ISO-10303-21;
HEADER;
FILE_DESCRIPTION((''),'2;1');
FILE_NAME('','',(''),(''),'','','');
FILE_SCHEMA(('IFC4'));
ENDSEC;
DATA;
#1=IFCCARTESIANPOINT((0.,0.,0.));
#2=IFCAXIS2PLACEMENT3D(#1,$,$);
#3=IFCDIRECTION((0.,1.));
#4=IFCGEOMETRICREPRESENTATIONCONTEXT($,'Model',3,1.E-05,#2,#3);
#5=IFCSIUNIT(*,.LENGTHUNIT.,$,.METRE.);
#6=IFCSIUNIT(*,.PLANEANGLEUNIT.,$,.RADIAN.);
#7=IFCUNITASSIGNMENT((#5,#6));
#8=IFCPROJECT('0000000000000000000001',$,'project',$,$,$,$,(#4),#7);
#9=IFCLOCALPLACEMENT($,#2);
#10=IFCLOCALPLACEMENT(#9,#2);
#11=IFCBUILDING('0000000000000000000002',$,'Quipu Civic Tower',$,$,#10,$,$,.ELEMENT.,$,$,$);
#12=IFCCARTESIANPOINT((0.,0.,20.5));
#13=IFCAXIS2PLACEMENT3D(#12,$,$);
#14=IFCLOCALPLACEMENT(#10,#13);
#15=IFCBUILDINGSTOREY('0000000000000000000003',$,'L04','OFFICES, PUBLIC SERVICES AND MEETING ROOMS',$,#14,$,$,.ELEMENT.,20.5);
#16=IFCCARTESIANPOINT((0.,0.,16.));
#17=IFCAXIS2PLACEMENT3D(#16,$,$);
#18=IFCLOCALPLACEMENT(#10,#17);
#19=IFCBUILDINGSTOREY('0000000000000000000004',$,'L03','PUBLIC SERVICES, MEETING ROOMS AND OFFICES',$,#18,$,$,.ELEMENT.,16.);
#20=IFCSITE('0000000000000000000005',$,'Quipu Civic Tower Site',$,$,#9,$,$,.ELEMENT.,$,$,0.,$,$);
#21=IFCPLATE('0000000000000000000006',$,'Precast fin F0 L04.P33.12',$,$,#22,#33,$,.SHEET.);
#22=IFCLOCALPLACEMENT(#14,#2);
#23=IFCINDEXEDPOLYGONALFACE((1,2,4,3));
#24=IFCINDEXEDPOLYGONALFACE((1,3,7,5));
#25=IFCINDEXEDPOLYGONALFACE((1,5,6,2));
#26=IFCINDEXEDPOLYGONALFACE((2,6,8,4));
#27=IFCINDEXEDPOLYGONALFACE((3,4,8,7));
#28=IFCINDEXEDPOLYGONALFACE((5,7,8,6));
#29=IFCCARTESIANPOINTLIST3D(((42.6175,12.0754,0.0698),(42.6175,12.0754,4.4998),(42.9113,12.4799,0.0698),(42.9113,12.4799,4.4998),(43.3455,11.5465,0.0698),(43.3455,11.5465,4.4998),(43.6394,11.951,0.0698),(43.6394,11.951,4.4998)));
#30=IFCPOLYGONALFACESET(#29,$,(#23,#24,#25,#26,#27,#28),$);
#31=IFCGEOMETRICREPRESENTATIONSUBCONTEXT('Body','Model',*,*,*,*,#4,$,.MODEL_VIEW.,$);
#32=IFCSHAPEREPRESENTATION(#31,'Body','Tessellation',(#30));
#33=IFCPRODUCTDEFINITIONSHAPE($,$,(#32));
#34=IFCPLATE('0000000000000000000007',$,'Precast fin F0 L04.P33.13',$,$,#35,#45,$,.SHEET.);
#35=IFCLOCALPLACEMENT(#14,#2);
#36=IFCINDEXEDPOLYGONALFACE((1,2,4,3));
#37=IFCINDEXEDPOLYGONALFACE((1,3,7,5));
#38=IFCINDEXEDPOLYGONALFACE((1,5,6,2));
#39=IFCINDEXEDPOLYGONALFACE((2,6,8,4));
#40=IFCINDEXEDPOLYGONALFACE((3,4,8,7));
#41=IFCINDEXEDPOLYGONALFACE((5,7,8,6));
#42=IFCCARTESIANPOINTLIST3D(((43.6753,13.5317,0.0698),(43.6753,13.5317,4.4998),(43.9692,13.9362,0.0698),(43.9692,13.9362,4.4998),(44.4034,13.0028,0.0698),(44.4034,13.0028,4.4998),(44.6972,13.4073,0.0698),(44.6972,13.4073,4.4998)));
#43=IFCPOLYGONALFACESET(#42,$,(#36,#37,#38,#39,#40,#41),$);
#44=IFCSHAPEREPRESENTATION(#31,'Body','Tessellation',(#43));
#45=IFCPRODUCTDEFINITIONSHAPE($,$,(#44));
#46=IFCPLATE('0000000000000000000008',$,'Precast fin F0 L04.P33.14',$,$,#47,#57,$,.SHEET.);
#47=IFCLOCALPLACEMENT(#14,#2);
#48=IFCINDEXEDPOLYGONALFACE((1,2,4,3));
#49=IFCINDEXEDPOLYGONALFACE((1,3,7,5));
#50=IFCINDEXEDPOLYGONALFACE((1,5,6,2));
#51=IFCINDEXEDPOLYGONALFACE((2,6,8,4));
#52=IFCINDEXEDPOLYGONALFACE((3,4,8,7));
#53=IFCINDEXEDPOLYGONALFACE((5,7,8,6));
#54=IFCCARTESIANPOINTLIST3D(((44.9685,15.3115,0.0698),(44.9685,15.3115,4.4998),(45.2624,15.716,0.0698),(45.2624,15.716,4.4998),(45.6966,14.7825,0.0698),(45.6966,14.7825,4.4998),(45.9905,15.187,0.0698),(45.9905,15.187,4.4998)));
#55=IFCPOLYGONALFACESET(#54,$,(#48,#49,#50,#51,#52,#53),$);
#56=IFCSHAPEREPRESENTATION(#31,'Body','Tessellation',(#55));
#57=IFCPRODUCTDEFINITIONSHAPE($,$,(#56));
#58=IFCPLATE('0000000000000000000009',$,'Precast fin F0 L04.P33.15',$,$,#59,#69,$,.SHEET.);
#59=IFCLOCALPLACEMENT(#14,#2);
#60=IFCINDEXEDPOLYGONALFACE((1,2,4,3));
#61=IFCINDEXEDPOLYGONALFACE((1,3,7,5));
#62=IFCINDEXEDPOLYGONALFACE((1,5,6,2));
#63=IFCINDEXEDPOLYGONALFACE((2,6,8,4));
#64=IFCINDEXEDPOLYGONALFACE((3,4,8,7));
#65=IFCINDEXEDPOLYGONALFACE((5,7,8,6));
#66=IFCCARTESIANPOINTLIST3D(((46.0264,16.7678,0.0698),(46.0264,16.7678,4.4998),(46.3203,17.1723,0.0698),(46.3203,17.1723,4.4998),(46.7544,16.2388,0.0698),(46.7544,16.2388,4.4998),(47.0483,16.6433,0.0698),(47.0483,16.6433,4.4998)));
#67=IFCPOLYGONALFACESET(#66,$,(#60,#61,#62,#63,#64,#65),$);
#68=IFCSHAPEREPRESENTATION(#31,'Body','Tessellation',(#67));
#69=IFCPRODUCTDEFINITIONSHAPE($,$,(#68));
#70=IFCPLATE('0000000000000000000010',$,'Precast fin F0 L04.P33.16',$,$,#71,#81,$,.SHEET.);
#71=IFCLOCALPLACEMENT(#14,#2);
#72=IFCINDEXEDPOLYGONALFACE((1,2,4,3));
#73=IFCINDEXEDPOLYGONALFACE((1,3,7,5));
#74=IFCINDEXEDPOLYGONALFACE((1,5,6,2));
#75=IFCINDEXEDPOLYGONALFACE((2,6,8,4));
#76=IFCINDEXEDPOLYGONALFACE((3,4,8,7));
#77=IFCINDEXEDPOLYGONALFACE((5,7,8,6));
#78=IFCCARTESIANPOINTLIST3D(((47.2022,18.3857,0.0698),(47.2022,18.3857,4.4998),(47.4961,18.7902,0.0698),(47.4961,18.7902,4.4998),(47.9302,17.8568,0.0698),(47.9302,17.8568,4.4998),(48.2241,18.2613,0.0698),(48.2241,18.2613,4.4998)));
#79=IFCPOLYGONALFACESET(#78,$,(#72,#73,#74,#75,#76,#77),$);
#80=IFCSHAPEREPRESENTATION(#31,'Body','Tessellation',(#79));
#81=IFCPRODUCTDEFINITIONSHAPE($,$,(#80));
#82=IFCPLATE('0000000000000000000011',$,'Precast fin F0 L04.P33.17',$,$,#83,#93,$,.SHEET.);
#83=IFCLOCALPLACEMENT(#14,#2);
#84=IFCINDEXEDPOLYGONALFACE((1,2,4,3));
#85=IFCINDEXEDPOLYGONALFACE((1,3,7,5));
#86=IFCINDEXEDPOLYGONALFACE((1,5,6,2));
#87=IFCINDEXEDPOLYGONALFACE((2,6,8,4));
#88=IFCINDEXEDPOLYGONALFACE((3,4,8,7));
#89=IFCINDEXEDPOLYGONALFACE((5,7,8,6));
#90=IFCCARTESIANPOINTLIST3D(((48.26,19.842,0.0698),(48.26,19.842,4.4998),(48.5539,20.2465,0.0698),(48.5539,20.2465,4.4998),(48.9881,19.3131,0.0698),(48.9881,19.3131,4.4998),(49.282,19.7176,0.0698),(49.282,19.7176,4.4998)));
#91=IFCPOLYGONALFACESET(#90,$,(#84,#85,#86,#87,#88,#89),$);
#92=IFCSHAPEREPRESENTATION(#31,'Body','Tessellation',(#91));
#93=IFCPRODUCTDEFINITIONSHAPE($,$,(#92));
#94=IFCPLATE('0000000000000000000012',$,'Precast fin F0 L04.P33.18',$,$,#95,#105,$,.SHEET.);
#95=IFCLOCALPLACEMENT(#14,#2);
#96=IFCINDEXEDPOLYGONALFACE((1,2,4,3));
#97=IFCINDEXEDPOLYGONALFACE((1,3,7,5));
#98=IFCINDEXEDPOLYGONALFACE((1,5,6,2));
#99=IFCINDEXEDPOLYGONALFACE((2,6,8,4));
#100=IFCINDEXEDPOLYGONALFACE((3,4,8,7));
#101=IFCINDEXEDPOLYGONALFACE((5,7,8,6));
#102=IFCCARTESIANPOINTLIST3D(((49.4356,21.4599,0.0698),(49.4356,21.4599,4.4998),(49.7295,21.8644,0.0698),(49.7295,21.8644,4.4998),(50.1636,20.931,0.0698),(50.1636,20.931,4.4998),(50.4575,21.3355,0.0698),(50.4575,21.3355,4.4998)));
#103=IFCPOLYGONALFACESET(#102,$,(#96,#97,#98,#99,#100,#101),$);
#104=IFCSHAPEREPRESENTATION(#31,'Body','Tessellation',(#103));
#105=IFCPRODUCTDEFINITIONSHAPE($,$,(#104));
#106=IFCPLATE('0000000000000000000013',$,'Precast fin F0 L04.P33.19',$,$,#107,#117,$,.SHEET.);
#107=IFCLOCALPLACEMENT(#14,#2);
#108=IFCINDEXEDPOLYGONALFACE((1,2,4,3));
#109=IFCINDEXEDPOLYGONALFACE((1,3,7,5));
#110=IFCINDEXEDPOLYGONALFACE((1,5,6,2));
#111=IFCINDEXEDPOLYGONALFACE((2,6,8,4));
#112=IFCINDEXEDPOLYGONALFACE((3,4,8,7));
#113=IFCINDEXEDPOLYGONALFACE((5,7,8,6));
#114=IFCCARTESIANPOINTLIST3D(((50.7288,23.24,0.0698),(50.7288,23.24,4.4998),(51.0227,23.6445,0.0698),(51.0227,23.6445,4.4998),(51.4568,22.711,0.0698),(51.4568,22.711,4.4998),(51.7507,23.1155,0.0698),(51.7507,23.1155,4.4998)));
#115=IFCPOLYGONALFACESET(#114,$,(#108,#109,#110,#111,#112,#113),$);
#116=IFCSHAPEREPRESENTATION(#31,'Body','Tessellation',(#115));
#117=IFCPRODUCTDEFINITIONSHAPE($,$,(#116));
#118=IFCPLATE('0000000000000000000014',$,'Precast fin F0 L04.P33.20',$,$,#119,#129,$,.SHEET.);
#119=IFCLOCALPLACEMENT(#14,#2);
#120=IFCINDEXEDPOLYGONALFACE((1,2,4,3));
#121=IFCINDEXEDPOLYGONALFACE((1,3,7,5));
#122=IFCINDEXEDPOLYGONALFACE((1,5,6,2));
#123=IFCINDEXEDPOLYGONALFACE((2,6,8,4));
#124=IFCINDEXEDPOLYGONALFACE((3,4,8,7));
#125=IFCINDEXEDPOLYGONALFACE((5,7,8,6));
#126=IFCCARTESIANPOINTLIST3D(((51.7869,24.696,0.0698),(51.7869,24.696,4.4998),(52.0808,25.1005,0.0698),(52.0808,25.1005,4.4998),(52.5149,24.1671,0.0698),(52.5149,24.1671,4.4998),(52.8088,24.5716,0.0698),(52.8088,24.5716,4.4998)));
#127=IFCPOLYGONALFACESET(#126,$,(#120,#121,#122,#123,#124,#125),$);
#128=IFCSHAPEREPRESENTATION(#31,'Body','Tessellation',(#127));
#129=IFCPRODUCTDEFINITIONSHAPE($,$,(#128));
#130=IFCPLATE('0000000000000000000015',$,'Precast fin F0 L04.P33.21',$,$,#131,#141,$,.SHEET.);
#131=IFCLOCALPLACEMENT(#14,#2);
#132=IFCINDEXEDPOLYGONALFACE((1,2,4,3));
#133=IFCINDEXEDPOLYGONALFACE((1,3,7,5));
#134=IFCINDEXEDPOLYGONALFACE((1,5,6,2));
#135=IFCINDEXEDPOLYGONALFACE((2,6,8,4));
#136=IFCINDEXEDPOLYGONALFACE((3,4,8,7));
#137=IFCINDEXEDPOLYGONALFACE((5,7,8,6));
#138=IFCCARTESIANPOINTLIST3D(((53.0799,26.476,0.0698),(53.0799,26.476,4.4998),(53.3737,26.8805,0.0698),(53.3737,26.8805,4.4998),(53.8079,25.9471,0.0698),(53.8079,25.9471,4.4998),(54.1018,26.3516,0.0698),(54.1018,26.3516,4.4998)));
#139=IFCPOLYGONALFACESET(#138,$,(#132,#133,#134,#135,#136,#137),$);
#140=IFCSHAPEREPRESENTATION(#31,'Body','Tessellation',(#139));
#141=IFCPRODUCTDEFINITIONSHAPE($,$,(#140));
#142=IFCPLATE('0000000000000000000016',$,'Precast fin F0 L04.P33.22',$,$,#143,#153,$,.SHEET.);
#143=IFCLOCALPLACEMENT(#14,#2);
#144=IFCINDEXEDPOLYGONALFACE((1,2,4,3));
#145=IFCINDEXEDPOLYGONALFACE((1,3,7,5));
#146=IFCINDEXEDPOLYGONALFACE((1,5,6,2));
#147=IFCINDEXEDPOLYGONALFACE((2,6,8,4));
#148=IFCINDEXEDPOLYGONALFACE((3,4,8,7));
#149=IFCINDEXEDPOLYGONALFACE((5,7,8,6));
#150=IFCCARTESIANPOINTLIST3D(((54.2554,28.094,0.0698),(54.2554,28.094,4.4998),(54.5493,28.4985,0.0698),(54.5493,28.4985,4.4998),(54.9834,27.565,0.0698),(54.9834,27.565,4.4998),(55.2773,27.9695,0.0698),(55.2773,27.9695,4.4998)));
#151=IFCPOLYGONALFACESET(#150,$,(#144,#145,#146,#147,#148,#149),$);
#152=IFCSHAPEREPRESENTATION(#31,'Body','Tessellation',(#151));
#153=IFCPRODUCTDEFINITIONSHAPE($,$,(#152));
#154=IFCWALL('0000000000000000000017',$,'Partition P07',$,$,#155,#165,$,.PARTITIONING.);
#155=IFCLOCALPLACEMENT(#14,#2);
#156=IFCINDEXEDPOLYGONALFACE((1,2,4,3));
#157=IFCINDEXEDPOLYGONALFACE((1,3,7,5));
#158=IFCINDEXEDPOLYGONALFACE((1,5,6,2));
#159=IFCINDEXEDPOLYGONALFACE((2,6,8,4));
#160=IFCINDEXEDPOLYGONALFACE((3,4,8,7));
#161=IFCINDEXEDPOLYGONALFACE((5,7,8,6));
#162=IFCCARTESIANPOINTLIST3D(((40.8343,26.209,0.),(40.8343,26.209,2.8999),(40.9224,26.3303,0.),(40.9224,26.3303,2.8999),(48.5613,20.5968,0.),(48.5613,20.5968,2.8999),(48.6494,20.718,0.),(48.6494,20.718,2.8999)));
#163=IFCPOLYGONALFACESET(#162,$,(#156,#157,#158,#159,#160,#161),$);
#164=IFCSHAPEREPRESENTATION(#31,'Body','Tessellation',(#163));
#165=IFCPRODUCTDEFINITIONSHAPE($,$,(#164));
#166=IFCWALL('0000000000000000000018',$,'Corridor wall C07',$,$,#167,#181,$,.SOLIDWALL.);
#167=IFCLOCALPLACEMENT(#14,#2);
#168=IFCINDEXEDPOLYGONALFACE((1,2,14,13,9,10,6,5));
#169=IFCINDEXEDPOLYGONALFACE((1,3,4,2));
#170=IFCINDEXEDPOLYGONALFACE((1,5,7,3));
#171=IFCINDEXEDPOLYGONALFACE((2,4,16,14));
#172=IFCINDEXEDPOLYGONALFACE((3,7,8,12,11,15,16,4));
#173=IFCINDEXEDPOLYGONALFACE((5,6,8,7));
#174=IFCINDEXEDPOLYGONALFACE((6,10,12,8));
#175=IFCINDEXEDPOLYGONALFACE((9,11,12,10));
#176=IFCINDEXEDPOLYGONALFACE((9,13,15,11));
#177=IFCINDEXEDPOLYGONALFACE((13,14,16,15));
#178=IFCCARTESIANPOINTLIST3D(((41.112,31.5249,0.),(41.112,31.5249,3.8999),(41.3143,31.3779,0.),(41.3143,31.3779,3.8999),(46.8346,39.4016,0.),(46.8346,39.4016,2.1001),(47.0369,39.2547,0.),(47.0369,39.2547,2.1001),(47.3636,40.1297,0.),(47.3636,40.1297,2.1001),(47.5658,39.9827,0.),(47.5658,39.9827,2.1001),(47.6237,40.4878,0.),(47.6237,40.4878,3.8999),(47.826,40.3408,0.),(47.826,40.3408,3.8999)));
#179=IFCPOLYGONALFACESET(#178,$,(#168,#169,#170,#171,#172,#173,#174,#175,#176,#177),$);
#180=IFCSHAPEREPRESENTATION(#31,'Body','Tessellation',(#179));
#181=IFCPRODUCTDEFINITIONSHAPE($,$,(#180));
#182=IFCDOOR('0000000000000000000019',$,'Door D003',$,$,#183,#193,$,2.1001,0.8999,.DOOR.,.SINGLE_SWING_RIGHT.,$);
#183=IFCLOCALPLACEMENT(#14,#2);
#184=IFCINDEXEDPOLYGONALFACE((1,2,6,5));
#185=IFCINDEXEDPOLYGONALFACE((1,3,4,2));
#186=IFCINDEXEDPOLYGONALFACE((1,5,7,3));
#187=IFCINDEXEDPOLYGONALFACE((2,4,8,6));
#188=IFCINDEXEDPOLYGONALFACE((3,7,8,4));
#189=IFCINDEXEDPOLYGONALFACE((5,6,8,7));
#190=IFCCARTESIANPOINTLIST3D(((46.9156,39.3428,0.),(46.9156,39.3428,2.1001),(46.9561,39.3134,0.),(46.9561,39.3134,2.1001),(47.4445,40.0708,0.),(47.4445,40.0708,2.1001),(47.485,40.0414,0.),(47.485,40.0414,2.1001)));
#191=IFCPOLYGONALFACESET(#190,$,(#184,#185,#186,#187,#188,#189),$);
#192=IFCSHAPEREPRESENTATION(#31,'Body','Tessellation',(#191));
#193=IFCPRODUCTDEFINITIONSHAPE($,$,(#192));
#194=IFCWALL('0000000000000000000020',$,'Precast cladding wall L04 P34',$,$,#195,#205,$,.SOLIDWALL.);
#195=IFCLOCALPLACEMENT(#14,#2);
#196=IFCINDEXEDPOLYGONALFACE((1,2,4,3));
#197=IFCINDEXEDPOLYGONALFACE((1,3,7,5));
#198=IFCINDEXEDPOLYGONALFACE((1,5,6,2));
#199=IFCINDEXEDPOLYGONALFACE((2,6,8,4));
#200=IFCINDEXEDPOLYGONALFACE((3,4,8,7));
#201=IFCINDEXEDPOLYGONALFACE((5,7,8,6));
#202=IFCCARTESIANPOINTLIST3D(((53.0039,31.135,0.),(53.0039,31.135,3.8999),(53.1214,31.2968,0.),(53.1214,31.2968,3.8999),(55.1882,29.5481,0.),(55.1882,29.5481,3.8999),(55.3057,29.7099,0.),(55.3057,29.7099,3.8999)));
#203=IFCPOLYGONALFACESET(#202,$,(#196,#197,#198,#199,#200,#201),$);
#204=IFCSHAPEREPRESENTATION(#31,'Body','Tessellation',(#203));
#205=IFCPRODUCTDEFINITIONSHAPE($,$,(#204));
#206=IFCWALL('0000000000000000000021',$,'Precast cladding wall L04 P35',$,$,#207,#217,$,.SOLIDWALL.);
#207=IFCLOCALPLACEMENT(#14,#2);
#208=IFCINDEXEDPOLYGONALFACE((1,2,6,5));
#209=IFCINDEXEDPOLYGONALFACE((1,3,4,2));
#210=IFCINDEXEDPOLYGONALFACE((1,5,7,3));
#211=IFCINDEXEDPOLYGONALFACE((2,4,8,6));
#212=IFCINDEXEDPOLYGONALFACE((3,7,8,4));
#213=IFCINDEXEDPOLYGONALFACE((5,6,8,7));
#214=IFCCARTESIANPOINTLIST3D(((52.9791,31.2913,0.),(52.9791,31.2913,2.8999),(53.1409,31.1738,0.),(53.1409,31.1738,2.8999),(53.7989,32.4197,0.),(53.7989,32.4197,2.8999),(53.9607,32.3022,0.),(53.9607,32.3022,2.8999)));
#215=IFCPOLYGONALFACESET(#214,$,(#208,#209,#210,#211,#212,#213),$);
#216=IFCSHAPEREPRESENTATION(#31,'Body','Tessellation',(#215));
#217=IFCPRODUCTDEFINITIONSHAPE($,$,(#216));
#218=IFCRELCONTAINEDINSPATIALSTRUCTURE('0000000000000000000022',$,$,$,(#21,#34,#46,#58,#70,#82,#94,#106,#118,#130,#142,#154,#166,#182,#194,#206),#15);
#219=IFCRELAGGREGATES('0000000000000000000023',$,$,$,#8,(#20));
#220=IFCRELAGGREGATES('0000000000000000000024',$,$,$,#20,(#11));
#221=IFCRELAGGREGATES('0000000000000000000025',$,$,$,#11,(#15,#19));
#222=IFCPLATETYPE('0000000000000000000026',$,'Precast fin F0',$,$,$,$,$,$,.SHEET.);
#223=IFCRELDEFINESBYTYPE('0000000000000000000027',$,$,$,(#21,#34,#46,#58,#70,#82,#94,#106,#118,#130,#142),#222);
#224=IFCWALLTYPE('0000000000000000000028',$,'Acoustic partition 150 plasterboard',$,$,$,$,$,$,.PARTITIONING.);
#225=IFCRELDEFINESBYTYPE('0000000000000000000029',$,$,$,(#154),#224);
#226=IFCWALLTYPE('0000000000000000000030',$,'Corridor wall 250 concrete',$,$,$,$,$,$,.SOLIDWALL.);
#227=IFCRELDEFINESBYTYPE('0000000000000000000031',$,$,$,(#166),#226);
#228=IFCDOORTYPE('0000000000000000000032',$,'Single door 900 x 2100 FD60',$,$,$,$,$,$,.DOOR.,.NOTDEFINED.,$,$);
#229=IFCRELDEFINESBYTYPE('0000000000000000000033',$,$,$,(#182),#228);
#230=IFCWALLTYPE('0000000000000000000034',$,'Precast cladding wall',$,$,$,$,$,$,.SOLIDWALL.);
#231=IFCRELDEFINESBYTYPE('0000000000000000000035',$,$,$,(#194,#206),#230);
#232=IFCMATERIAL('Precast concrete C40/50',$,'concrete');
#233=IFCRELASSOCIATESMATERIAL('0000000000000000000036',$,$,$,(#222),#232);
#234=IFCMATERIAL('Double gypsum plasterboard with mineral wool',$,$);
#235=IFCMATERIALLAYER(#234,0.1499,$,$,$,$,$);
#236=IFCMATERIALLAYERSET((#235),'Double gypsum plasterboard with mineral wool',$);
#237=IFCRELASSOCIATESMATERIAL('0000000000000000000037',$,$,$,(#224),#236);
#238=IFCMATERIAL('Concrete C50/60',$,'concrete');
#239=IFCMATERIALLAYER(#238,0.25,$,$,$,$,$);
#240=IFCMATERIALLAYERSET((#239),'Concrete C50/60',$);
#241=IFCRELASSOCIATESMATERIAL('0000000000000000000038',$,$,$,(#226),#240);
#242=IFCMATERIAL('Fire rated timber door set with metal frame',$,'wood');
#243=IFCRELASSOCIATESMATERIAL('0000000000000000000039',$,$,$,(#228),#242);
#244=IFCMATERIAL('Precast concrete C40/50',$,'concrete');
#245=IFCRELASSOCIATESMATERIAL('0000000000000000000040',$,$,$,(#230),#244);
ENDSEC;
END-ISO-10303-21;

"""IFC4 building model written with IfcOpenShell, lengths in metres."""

from ifc_helpers import new_model, si_unit, direction, frame, frame_2d, origin, origin_2d, place, context, subcontext, project, spatial, rectangle, extrude, material, layer, layer_set, type_object, element, fill, save


model = new_model("IFC4")

# Units and contexts
model_context = context("Model", 3, precision=1e-05, world=origin(), true_north=direction((0.0, 1.0)))
body_context = subcontext(model_context, "Body", "Model", "MODEL_VIEW")
ifc_project = project(units=[si_unit("LENGTHUNIT", "METRE"), si_unit("PLANEANGLEUNIT", "RADIAN")], contexts=[model_context])

# Site, building, storey
site_placement = place(None, origin())
site = spatial("IfcSite", under=ifc_project, at=site_placement, Name="Quipu Civic Tower Site", CompositionType="ELEMENT", RefElevation=0.0)
building_placement = place(site_placement, origin())
building = spatial("IfcBuilding", under=site, at=building_placement, Name="Quipu Civic Tower", CompositionType="ELEMENT")
storey_1_placement = place(building_placement, frame((0.0, 0.0, 20.5)))
storey_1 = spatial("IfcBuildingStorey", under=building, at=storey_1_placement, Name="L04", Description="OFFICES, PUBLIC SERVICES AND MEETING ROOMS", CompositionType="ELEMENT", Elevation=20.5)

# Shared definitions
storey_2_placement = place(building_placement, frame((0.0, 0.0, 16.0)))
storey_2 = spatial("IfcBuildingStorey", under=building, at=storey_2_placement, Name="L03", Description="PUBLIC SERVICES, MEETING ROOMS AND OFFICES", CompositionType="ELEMENT", Elevation=16.0)

# Plates
ifc_material_1 = material(Name="Precast concrete C40/50", Category="concrete")
plate_type_1 = type_object("IfcPlateType", Name="Precast fin F0", PredefinedType="SHEET", material=ifc_material_1)
for number, where, z_axis, x_axis, name in (
    (1, (43.1284, 12.0132, 0.0698), (0.0, 0.0, 1.0), (0.587786, 0.809017, 0.0), "Precast fin F0 L04.P33.12"),
    (2, (44.1863, 13.4695, 0.0698), (0.0, 0.0, 1.0), (0.587786, 0.809017, 0.0), "Precast fin F0 L04.P33.13"),
    (3, (45.4795, 15.2493, 0.0698), (0.0, 0.0, 1.0), (0.587786, 0.809017, 0.0), "Precast fin F0 L04.P33.14"),
    (4, (46.5374, 16.7056, 0.0698), (0.0, 0.0, 1.0), (0.587786, 0.809017, 0.0), "Precast fin F0 L04.P33.15"),
    (5, (47.7131, 18.3235, 0.0698), (0.0, 0.0, 1.0), (0.587786, 0.809017, 0.0), "Precast fin F0 L04.P33.16"),
    (6, (48.771, 19.7798, 0.0698), (0.0, 0.0, 1.0), (0.587786, 0.809017, 0.0), "Precast fin F0 L04.P33.17"),
    (7, (49.9465, 21.3977, 0.0698), (0.0, 0.0, 1.0), (0.587786, 0.809017, 0.0), "Precast fin F0 L04.P33.18"),
    (8, (51.2397, 23.1777, 0.0698), (0.0, 0.0, 1.0), (0.587786, 0.809017, 0.0), "Precast fin F0 L04.P33.19"),
    (9, (52.2979, 24.6338, 0.0698), (0.0, 0.0, 1.0), (0.587786, 0.809017, 0.0), "Precast fin F0 L04.P33.20"),
    (10, (53.5908, 26.4138, 0.0698), (0.0, 0.0, 1.0), (0.587786, 0.809017, 0.0), "Precast fin F0 L04.P33.21"),
    (11, (54.7664, 28.0317, 0.0698), (0.0, 0.0, 1.0), (0.587786, 0.809017, 0.0), "Precast fin F0 L04.P33.22"),
):
    element("IfcPlate", number, at=place(storey_1_placement, frame(where, z_axis=z_axis, x_axis=x_axis)), inside=storey_1, type_object=plate_type_1, Name=name, PredefinedType="SHEET", context=body_context, shape_type="SweptSolid", body=[
        extrude(rectangle(XDim=0.5, YDim=0.8999, at=origin_2d()), origin(), (0.0, 0.0, 1.0), 4.4299),
    ])

# Wall
ifc_material_2 = material(Name="Double gypsum plasterboard with mineral wool")
ifc_layer_1 = layer(ifc_material_2, 0.1499)
ifc_layer_set_1 = layer_set([ifc_layer_1], Name="Double gypsum plasterboard with mineral wool")
wall_type_1 = type_object("IfcWallType", Name="Acoustic partition 150 plasterboard", PredefinedType="PARTITIONING", material=ifc_layer_set_1)
wall_1_placement = place(storey_1_placement, frame((48.6052, 20.6575, 0.0), z_axis=(0.0, 0.0, 1.0), x_axis=(-0.809103, 0.587667, 0.0)))
element("IfcWall", 12, at=wall_1_placement, inside=storey_1, type_object=wall_type_1, Name="Partition P07", PredefinedType="PARTITIONING", context=body_context, shape_type="SweptSolid", body=[
    extrude(rectangle(XDim=9.55, YDim=0.1499, at=frame_2d((4.7749, 0.0))), origin(), (0.0, 0.0, 1.0), 2.8999),
])

# Wall, opening, door
ifc_material_3 = material(Name="Concrete C50/60", Category="concrete")
ifc_layer_2 = layer(ifc_material_3, 0.25)
ifc_layer_set_2 = layer_set([ifc_layer_2], Name="Concrete C50/60")
wall_type_2 = type_object("IfcWallType", Name="Corridor wall 250 concrete", PredefinedType="SOLIDWALL", material=ifc_layer_set_2)
wall_2_placement = place(storey_1_placement, frame((41.2131, 31.4514, 0.0), z_axis=(0.0, 0.0, 1.0), x_axis=(0.587773, 0.809026, 0.0)))
wall_2 = element("IfcWall", 13, at=wall_2_placement, inside=storey_1, type_object=wall_type_2, Name="Corridor wall C07", PredefinedType="SOLIDWALL", context=body_context, shape_type="SweptSolid", body=[
    extrude(rectangle(XDim=11.0786, YDim=0.25, at=frame_2d((5.5393, 0.0))), origin(), (0.0, 0.0, 1.0), 3.8999),
])
opening_placement = place(wall_2_placement, frame((9.7361, 0.0, 0.0)))
opening = element("IfcOpeningElement", 14, at=opening_placement, cuts=wall_2, PredefinedType="OPENING", context=body_context, shape_type="SweptSolid", body=[
    extrude(rectangle(XDim=0.8999, YDim=2.1001, at=frame_2d((0.45, 1.05))), frame((0.0, 0.135, 0.0), z_axis=(0.0, -1.0, 0.0), x_axis=(1.0, 0.0, 0.0)), (0.0, 0.0, 1.0), 0.27),
])
ifc_material_4 = material(Name="Fire rated timber door set with metal frame", Category="wood")
door_type = type_object("IfcDoorType", Name="Single door 900 x 2100 FD60", OperationType="NOTDEFINED", PredefinedType="DOOR", material=ifc_material_4)
door_placement = place(opening_placement, origin())
door = element("IfcDoor", 15, at=door_placement, inside=storey_1, type_object=door_type, Name="Door D003", OperationType="SINGLE_SWING_RIGHT", OverallHeight=2.1001, OverallWidth=0.8999, PredefinedType="DOOR", context=body_context, shape_type="SweptSolid", body=[
    extrude(rectangle(XDim=0.8999, YDim=2.1001, at=frame_2d((0.45, 1.05))), frame((0.0, 0.0249, 0.0), z_axis=(0.0, -1.0, 0.0), x_axis=(1.0, 0.0, 0.0)), (0.0, 0.0, 1.0), 0.05),
])
fill(opening, door)

# Walls
ifc_material_5 = material(Name="Precast concrete C40/50", Category="concrete")
wall_type_3 = type_object("IfcWallType", Name="Precast cladding wall", PredefinedType="SOLIDWALL", material=ifc_material_5)
wall_3_placement = place(storey_1_placement, frame((55.2471, 29.6289, 0.0), z_axis=(0.0, 0.0, 1.0), x_axis=(-0.809033, 0.587763, 0.0)))
element("IfcWall", 16, at=wall_3_placement, inside=storey_1, type_object=wall_type_3, Name="Precast cladding wall L04 P34", PredefinedType="SOLIDWALL", context=body_context, shape_type="SweptSolid", body=[
    extrude(rectangle(XDim=2.7, YDim=0.2, at=frame_2d((1.3501, 0.0))), origin(), (0.0, 0.0, 1.0), 3.8999),
])
wall_4_placement = place(storey_1_placement, frame((53.0601, 31.2327, 0.0), z_axis=(0.0, 0.0, 1.0), x_axis=(0.587776, 0.809024, 0.0)))
element("IfcWall", 17, at=wall_4_placement, inside=storey_1, type_object=wall_type_3, Name="Precast cladding wall L04 P35", PredefinedType="SOLIDWALL", context=body_context, shape_type="SweptSolid", body=[
    extrude(rectangle(XDim=1.3948, YDim=0.2, at=frame_2d((0.6973, 0.0))), origin(), (0.0, 0.0, 1.0), 2.8999),
])

save(model, "model.ifc")
